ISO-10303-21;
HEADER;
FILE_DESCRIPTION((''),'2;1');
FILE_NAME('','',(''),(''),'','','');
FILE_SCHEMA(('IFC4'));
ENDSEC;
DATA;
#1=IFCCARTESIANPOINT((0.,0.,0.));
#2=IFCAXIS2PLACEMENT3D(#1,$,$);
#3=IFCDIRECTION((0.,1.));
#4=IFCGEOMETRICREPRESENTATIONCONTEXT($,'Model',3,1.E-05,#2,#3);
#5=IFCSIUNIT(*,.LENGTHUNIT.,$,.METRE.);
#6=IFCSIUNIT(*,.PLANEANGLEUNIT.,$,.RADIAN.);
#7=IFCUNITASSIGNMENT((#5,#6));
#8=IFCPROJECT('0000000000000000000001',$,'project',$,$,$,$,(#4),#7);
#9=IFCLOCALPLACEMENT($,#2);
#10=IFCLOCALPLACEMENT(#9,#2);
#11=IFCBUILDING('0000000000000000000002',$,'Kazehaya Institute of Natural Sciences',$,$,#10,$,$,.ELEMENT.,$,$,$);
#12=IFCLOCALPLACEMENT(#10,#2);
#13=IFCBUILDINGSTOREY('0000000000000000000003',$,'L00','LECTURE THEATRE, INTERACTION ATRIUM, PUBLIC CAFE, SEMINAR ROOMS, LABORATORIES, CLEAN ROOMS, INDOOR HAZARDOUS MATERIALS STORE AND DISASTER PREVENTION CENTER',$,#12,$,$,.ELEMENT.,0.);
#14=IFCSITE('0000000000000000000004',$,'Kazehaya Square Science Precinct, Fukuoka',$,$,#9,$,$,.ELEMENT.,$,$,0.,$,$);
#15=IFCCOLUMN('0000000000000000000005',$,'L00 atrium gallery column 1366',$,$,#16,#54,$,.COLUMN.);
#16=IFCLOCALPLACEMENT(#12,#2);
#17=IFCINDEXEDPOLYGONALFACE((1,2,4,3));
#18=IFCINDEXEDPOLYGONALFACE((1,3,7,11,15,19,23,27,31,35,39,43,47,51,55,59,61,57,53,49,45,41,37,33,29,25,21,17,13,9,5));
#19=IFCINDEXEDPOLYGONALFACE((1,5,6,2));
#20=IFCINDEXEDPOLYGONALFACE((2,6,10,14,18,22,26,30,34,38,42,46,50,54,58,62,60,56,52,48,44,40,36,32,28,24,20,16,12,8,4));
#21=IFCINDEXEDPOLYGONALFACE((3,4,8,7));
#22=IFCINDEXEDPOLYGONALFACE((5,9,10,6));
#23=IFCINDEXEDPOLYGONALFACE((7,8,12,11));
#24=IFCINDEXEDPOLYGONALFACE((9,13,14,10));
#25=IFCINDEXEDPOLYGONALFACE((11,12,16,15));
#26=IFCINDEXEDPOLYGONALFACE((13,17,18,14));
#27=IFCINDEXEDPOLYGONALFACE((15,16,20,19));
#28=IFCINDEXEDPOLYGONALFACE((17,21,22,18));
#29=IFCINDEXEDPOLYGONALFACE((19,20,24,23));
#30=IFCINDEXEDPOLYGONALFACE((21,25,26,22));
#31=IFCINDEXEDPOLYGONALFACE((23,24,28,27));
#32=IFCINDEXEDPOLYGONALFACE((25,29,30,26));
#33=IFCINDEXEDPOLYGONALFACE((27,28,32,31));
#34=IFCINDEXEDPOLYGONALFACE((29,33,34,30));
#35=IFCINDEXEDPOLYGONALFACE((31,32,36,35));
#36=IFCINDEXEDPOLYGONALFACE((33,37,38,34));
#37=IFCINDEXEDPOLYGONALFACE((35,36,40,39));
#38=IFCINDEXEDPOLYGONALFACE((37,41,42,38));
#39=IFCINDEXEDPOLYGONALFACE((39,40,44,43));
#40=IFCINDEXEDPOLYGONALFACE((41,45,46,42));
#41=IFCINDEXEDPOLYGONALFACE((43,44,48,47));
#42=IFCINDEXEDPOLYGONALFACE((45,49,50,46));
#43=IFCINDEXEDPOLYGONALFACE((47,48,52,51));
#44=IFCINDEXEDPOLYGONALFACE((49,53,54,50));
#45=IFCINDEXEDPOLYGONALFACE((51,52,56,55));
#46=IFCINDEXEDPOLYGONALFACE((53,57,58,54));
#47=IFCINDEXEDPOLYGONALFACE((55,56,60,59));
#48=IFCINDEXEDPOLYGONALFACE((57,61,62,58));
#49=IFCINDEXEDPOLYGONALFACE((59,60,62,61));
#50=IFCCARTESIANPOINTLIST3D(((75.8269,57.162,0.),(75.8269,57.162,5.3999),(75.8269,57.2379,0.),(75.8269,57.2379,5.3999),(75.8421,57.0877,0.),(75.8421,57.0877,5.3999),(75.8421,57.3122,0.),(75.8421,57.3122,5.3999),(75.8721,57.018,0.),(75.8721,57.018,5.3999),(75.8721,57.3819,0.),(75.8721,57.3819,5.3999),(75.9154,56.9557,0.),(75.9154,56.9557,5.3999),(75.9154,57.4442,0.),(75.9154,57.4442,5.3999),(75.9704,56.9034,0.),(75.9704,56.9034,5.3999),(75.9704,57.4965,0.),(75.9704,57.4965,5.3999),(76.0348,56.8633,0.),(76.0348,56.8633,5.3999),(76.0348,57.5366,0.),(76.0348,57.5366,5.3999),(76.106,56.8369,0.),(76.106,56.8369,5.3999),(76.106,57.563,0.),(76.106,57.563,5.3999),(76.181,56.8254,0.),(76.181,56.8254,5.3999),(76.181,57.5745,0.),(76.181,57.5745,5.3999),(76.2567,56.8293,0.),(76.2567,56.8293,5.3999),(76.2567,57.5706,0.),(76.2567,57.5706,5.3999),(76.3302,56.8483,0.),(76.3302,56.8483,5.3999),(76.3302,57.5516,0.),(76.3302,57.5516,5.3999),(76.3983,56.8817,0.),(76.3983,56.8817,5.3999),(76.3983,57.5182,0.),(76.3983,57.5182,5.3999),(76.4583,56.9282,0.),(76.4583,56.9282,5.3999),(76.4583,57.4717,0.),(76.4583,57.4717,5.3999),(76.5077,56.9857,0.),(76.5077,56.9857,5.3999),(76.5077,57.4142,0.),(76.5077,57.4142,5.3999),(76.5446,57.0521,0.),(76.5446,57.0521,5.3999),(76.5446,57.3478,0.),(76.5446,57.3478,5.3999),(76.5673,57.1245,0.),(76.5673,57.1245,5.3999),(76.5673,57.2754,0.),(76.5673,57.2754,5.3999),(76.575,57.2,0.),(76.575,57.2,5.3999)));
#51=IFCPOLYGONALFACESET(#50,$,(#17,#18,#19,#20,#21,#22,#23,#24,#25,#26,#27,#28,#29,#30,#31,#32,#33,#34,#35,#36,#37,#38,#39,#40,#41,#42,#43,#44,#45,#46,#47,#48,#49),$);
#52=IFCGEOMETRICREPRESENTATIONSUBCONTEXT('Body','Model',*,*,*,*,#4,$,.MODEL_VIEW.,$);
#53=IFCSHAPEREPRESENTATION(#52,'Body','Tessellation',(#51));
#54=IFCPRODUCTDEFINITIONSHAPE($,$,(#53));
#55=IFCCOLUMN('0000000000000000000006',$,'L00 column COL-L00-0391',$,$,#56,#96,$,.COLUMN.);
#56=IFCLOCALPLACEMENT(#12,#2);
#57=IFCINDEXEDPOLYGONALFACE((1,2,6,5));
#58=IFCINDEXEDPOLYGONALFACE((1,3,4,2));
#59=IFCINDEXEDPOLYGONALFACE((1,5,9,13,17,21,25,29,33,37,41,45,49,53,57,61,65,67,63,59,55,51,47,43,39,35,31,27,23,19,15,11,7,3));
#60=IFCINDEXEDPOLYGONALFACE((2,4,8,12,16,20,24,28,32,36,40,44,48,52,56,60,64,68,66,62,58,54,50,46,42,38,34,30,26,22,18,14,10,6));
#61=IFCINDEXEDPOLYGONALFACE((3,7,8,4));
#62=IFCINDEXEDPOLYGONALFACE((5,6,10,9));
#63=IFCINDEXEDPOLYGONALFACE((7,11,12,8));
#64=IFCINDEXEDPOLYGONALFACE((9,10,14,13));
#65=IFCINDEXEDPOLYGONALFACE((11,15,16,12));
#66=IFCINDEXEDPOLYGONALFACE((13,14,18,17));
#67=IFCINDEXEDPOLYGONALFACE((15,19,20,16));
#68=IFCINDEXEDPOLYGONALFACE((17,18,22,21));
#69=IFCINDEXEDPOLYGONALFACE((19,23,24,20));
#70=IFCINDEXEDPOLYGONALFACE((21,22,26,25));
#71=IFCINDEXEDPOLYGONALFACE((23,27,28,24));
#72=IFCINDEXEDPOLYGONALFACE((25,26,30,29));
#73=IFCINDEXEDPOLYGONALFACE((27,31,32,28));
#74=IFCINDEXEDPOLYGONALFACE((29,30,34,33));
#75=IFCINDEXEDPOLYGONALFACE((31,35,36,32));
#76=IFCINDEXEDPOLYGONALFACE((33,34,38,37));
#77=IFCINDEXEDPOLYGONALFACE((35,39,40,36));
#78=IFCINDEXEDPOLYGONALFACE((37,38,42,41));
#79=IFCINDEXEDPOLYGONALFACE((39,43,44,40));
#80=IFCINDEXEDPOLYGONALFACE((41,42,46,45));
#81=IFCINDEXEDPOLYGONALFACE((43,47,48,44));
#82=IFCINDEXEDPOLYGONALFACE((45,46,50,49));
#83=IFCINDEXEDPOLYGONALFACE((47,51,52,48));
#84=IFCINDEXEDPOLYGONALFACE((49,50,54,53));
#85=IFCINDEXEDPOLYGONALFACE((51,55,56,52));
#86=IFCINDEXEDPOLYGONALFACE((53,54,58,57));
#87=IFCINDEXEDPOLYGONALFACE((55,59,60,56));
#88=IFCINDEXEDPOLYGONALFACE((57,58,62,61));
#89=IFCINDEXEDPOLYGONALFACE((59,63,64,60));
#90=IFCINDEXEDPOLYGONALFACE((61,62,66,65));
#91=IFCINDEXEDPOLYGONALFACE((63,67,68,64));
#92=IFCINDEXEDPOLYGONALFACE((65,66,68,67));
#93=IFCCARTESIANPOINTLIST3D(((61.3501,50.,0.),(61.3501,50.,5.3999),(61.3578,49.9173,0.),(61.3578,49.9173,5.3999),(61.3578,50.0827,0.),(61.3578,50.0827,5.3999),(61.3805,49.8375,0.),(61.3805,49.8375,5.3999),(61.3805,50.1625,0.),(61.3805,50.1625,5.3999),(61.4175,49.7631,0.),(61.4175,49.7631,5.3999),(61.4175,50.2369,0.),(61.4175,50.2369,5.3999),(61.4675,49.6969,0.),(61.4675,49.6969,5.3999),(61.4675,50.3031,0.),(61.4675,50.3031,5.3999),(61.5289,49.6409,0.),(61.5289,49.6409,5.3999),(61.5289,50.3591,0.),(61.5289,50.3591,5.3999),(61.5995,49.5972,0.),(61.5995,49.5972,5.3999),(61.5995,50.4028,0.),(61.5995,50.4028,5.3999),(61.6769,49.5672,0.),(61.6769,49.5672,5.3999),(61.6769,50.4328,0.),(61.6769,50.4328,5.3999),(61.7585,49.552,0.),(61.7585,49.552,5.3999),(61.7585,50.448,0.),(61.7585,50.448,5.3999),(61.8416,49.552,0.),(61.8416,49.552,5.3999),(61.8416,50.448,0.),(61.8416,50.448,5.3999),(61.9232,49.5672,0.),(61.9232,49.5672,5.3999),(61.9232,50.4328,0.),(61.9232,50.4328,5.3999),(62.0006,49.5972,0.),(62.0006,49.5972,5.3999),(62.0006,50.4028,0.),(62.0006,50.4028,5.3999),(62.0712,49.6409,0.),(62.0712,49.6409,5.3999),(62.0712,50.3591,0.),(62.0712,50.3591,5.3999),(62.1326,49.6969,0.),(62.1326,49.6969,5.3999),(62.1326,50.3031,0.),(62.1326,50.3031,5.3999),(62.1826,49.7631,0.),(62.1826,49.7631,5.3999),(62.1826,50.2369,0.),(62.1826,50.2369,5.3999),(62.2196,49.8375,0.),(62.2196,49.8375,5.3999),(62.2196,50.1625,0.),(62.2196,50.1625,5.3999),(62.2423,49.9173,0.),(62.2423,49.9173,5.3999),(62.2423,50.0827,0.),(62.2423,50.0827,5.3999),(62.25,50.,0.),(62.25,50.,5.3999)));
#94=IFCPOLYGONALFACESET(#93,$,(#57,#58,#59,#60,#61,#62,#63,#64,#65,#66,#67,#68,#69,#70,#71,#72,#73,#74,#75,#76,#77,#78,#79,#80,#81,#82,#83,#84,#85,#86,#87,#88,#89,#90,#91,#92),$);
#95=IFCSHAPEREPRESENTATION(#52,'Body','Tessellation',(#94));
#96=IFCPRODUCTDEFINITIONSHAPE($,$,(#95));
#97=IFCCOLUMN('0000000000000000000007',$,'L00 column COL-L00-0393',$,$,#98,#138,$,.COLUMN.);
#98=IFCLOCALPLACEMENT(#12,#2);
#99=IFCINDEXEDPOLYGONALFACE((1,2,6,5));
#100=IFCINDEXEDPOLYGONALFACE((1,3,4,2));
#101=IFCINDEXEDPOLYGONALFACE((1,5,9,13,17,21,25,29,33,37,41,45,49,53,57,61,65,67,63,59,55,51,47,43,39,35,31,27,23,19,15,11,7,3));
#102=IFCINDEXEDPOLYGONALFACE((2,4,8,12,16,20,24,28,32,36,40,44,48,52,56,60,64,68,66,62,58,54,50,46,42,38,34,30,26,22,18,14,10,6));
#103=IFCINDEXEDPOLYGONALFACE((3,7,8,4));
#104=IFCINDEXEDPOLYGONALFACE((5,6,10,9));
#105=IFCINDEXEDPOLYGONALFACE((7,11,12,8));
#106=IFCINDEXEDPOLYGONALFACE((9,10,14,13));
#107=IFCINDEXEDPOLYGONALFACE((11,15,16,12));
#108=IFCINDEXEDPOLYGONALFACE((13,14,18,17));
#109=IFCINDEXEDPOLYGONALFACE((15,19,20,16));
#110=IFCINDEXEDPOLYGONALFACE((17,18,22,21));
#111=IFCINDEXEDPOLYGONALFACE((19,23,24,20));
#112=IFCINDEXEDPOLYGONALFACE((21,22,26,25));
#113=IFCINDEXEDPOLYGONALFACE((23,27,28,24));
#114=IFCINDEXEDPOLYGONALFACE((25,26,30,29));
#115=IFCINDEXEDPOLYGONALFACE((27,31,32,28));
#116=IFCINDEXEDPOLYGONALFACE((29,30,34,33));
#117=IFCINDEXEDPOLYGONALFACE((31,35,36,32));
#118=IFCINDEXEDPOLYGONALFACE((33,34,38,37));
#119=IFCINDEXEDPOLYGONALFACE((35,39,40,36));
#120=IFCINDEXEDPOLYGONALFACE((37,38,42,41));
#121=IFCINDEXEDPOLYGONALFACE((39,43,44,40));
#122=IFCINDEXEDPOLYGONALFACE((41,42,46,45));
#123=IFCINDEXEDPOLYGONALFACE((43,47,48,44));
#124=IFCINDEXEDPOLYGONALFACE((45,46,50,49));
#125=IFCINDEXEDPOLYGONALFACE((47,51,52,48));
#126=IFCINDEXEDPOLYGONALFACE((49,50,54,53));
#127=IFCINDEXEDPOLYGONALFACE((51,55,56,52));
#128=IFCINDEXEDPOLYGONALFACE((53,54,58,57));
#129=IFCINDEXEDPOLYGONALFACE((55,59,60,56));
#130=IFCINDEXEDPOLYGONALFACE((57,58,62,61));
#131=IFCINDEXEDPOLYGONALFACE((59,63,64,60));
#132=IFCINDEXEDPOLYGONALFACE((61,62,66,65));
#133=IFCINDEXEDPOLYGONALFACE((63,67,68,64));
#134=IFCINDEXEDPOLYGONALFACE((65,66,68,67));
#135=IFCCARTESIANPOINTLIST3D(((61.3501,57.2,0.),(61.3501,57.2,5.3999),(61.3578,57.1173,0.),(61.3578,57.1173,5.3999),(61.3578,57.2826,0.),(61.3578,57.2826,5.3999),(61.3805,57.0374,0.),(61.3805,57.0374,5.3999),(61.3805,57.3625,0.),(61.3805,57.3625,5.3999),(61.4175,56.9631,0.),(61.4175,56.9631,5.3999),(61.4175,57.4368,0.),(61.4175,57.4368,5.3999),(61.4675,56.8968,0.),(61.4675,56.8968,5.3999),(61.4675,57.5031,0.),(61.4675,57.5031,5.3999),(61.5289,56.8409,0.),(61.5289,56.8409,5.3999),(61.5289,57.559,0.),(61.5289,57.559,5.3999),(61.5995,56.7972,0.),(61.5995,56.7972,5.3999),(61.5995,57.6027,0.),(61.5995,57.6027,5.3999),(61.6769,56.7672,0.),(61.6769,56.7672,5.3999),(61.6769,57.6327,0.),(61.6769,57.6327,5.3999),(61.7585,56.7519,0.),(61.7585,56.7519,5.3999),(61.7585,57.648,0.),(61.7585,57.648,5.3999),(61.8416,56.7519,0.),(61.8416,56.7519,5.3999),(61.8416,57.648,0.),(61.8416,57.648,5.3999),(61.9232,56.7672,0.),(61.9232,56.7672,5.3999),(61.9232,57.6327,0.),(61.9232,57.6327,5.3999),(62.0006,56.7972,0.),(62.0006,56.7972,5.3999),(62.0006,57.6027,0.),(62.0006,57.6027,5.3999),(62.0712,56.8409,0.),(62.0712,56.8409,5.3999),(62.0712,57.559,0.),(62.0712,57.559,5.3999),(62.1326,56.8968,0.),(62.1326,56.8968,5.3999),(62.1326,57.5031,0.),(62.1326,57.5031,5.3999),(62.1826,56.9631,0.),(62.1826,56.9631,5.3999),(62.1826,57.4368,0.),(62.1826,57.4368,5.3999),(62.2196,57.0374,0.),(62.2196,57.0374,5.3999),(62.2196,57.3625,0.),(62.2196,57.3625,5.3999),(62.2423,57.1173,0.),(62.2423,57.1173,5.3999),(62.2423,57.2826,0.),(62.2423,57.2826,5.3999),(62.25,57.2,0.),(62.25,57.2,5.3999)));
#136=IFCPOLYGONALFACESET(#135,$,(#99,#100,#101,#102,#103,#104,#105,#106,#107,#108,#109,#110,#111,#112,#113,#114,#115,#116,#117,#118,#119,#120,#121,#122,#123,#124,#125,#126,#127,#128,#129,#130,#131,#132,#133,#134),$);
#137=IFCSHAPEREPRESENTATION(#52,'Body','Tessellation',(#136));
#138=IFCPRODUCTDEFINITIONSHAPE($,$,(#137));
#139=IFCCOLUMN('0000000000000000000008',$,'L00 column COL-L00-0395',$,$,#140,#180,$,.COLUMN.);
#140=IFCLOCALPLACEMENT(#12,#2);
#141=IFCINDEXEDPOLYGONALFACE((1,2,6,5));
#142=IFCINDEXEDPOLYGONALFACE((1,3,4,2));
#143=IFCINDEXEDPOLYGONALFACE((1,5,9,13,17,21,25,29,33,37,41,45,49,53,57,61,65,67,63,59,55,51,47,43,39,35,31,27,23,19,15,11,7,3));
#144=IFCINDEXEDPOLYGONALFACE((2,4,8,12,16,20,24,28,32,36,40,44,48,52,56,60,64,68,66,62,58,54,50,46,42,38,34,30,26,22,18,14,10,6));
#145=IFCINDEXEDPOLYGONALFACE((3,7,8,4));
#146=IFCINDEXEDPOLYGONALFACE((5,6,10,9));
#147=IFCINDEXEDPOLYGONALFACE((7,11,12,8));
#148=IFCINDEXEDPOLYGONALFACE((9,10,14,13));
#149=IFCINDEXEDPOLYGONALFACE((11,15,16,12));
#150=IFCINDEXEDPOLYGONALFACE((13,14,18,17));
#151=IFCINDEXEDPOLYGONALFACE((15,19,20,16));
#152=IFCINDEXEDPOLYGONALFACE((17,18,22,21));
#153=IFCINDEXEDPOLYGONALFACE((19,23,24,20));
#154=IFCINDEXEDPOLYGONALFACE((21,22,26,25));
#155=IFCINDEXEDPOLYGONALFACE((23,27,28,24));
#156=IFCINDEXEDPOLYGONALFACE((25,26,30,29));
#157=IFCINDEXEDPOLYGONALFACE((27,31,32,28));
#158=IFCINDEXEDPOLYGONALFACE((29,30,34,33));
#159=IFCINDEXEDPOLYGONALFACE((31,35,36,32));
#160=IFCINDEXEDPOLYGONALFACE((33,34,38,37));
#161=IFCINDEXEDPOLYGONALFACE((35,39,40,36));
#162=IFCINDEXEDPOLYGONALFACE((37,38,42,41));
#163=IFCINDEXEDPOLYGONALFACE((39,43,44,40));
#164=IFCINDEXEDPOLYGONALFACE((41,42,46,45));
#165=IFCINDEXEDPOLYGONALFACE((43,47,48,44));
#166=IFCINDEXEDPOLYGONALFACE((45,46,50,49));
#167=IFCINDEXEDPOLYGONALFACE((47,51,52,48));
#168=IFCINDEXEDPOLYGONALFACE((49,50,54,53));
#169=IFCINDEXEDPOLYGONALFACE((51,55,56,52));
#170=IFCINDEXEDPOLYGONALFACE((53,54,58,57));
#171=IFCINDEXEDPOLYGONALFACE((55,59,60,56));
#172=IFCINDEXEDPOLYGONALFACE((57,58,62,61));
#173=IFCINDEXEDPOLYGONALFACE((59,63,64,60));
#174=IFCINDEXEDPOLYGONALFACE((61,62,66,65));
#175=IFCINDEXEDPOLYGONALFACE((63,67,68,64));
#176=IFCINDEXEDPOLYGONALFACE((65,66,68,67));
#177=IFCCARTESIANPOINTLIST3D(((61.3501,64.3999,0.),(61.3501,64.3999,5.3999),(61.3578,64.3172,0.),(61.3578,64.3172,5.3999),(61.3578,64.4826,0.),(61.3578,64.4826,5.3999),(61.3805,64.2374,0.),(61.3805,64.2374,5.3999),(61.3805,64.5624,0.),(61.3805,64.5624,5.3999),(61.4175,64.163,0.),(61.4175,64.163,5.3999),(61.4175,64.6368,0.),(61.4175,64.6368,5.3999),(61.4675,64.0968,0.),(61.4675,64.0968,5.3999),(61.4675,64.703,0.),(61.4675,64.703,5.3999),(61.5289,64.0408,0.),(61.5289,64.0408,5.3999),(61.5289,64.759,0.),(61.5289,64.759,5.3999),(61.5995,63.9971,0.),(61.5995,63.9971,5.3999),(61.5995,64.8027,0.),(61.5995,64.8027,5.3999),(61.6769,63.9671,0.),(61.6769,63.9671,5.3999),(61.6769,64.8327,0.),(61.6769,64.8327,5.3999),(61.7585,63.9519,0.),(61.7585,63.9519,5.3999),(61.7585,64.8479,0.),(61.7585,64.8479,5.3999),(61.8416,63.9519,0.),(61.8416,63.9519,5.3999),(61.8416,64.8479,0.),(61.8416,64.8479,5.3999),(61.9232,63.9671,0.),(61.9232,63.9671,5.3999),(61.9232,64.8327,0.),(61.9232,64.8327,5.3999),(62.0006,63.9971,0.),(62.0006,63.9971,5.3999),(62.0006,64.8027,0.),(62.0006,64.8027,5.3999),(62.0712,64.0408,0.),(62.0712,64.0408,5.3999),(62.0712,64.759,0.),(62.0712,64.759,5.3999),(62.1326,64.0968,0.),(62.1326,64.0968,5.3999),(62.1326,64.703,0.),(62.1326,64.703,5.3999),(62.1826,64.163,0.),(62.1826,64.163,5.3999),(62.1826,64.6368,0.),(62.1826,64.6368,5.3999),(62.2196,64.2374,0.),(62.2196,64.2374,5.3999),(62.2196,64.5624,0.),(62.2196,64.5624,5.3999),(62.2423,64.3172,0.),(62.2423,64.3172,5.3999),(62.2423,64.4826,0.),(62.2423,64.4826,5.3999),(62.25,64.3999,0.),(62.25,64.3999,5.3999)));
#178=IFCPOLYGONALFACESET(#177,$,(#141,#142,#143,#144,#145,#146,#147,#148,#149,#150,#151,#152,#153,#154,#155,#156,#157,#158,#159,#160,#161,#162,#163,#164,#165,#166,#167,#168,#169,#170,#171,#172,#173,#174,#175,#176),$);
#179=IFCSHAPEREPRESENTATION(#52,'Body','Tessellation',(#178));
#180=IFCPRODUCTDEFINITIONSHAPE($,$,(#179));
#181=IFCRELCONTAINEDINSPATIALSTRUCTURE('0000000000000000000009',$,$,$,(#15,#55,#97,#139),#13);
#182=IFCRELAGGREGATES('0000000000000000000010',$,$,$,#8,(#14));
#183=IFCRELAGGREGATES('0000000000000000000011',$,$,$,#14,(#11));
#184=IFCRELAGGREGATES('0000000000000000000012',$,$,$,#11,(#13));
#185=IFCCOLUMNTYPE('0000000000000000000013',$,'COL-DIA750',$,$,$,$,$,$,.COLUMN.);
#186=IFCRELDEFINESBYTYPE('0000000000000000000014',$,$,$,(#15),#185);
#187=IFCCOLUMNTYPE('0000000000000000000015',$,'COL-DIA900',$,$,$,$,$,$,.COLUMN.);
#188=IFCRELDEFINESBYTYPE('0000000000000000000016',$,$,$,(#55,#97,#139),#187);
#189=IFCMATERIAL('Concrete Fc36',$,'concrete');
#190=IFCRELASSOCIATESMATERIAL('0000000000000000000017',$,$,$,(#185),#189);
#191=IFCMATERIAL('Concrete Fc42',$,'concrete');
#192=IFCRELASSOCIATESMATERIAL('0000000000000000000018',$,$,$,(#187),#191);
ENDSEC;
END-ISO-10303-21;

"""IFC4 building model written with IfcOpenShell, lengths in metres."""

from ifc_helpers import new_model, si_unit, direction, frame, origin, origin_2d, place, context, subcontext, project, spatial, circle, extrude, material, material_profile, profile_set, type_object, element, save


model = new_model("IFC4")

# Units and contexts
model_context = context("Model", 3, precision=1e-05, world=origin(), true_north=direction((0.0, 1.0)))
body_context = subcontext(model_context, "Body", "Model", "MODEL_VIEW")
ifc_project = project(units=[si_unit("LENGTHUNIT", "METRE"), si_unit("PLANEANGLEUNIT", "RADIAN")], contexts=[model_context])

# Site, building, storey
site_placement = place(None, origin())
site = spatial("IfcSite", under=ifc_project, at=site_placement, Name="Kazehaya Square Science Precinct, Fukuoka", CompositionType="ELEMENT", RefElevation=0.0)
building_placement = place(site_placement, origin())
building = spatial("IfcBuilding", under=site, at=building_placement, Name="Kazehaya Institute of Natural Sciences", CompositionType="ELEMENT")
storey_placement = place(building_placement, origin())
storey = spatial("IfcBuildingStorey", under=building, at=storey_placement, Name="L00", Description="LECTURE THEATRE, INTERACTION ATRIUM, PUBLIC CAFE, SEMINAR ROOMS, LABORATORIES, CLEAN ROOMS, INDOOR HAZARDOUS MATERIALS STORE AND DISASTER PREVENTION CENTER", CompositionType="ELEMENT", Elevation=0.0)

# Columns
ifc_material_1 = material(Name="Concrete Fc36", Category="concrete")
ifc_material_profile_1 = material_profile(ifc_material_1, circle(Radius=0.375, at=origin_2d()), Name="RC-DIA750")
ifc_profile_set_1 = profile_set([ifc_material_profile_1], Name="Concrete Fc36")
column_type_1 = type_object("IfcColumnType", Name="COL-DIA750", PredefinedType="COLUMN", material=ifc_profile_set_1)
column_placement = place(storey_placement, frame((76.2, 57.2, 0.0), z_axis=(0.0, 0.0, 1.0), x_axis=(1.0, 0.0, 0.0)))
element("IfcColumn", 1, at=column_placement, inside=storey, type_object=column_type_1, Name="L00 atrium gallery column 1366", PredefinedType="COLUMN", context=body_context, shape_type="SweptSolid", body=[
    extrude(circle(Radius=0.375, at=origin_2d()), origin(), (0.0, 0.0, 1.0), 5.3999),
])
ifc_material_2 = material(Name="Concrete Fc42", Category="concrete")
ifc_material_profile_2 = material_profile(ifc_material_2, circle(Radius=0.45, at=origin_2d()), Name="RC-DIA900")
ifc_profile_set_2 = profile_set([ifc_material_profile_2], Name="Concrete Fc42")
column_type_2 = type_object("IfcColumnType", Name="COL-DIA900", PredefinedType="COLUMN", material=ifc_profile_set_2)
for number, where, z_axis, x_axis, name in (
    (2, (61.8, 50.0, 0.0), (0.0, 0.0, 1.0), (1.0, 0.0, 0.0), "L00 column COL-L00-0391"),
    (3, (61.8, 57.2, 0.0), (0.0, 0.0, 1.0), (1.0, 0.0, 0.0), "L00 column COL-L00-0393"),
    (4, (61.8, 64.3999, 0.0), (0.0, 0.0, 1.0), (1.0, 0.0, 0.0), "L00 column COL-L00-0395"),
):
    element("IfcColumn", number, at=place(storey_placement, frame(where, z_axis=z_axis, x_axis=x_axis)), inside=storey, type_object=column_type_2, Name=name, PredefinedType="COLUMN", context=body_context, shape_type="SweptSolid", body=[
        extrude(circle(Radius=0.45, at=origin_2d()), origin(), (0.0, 0.0, 1.0), 5.3999),
    ])

save(model, "model.ifc")
